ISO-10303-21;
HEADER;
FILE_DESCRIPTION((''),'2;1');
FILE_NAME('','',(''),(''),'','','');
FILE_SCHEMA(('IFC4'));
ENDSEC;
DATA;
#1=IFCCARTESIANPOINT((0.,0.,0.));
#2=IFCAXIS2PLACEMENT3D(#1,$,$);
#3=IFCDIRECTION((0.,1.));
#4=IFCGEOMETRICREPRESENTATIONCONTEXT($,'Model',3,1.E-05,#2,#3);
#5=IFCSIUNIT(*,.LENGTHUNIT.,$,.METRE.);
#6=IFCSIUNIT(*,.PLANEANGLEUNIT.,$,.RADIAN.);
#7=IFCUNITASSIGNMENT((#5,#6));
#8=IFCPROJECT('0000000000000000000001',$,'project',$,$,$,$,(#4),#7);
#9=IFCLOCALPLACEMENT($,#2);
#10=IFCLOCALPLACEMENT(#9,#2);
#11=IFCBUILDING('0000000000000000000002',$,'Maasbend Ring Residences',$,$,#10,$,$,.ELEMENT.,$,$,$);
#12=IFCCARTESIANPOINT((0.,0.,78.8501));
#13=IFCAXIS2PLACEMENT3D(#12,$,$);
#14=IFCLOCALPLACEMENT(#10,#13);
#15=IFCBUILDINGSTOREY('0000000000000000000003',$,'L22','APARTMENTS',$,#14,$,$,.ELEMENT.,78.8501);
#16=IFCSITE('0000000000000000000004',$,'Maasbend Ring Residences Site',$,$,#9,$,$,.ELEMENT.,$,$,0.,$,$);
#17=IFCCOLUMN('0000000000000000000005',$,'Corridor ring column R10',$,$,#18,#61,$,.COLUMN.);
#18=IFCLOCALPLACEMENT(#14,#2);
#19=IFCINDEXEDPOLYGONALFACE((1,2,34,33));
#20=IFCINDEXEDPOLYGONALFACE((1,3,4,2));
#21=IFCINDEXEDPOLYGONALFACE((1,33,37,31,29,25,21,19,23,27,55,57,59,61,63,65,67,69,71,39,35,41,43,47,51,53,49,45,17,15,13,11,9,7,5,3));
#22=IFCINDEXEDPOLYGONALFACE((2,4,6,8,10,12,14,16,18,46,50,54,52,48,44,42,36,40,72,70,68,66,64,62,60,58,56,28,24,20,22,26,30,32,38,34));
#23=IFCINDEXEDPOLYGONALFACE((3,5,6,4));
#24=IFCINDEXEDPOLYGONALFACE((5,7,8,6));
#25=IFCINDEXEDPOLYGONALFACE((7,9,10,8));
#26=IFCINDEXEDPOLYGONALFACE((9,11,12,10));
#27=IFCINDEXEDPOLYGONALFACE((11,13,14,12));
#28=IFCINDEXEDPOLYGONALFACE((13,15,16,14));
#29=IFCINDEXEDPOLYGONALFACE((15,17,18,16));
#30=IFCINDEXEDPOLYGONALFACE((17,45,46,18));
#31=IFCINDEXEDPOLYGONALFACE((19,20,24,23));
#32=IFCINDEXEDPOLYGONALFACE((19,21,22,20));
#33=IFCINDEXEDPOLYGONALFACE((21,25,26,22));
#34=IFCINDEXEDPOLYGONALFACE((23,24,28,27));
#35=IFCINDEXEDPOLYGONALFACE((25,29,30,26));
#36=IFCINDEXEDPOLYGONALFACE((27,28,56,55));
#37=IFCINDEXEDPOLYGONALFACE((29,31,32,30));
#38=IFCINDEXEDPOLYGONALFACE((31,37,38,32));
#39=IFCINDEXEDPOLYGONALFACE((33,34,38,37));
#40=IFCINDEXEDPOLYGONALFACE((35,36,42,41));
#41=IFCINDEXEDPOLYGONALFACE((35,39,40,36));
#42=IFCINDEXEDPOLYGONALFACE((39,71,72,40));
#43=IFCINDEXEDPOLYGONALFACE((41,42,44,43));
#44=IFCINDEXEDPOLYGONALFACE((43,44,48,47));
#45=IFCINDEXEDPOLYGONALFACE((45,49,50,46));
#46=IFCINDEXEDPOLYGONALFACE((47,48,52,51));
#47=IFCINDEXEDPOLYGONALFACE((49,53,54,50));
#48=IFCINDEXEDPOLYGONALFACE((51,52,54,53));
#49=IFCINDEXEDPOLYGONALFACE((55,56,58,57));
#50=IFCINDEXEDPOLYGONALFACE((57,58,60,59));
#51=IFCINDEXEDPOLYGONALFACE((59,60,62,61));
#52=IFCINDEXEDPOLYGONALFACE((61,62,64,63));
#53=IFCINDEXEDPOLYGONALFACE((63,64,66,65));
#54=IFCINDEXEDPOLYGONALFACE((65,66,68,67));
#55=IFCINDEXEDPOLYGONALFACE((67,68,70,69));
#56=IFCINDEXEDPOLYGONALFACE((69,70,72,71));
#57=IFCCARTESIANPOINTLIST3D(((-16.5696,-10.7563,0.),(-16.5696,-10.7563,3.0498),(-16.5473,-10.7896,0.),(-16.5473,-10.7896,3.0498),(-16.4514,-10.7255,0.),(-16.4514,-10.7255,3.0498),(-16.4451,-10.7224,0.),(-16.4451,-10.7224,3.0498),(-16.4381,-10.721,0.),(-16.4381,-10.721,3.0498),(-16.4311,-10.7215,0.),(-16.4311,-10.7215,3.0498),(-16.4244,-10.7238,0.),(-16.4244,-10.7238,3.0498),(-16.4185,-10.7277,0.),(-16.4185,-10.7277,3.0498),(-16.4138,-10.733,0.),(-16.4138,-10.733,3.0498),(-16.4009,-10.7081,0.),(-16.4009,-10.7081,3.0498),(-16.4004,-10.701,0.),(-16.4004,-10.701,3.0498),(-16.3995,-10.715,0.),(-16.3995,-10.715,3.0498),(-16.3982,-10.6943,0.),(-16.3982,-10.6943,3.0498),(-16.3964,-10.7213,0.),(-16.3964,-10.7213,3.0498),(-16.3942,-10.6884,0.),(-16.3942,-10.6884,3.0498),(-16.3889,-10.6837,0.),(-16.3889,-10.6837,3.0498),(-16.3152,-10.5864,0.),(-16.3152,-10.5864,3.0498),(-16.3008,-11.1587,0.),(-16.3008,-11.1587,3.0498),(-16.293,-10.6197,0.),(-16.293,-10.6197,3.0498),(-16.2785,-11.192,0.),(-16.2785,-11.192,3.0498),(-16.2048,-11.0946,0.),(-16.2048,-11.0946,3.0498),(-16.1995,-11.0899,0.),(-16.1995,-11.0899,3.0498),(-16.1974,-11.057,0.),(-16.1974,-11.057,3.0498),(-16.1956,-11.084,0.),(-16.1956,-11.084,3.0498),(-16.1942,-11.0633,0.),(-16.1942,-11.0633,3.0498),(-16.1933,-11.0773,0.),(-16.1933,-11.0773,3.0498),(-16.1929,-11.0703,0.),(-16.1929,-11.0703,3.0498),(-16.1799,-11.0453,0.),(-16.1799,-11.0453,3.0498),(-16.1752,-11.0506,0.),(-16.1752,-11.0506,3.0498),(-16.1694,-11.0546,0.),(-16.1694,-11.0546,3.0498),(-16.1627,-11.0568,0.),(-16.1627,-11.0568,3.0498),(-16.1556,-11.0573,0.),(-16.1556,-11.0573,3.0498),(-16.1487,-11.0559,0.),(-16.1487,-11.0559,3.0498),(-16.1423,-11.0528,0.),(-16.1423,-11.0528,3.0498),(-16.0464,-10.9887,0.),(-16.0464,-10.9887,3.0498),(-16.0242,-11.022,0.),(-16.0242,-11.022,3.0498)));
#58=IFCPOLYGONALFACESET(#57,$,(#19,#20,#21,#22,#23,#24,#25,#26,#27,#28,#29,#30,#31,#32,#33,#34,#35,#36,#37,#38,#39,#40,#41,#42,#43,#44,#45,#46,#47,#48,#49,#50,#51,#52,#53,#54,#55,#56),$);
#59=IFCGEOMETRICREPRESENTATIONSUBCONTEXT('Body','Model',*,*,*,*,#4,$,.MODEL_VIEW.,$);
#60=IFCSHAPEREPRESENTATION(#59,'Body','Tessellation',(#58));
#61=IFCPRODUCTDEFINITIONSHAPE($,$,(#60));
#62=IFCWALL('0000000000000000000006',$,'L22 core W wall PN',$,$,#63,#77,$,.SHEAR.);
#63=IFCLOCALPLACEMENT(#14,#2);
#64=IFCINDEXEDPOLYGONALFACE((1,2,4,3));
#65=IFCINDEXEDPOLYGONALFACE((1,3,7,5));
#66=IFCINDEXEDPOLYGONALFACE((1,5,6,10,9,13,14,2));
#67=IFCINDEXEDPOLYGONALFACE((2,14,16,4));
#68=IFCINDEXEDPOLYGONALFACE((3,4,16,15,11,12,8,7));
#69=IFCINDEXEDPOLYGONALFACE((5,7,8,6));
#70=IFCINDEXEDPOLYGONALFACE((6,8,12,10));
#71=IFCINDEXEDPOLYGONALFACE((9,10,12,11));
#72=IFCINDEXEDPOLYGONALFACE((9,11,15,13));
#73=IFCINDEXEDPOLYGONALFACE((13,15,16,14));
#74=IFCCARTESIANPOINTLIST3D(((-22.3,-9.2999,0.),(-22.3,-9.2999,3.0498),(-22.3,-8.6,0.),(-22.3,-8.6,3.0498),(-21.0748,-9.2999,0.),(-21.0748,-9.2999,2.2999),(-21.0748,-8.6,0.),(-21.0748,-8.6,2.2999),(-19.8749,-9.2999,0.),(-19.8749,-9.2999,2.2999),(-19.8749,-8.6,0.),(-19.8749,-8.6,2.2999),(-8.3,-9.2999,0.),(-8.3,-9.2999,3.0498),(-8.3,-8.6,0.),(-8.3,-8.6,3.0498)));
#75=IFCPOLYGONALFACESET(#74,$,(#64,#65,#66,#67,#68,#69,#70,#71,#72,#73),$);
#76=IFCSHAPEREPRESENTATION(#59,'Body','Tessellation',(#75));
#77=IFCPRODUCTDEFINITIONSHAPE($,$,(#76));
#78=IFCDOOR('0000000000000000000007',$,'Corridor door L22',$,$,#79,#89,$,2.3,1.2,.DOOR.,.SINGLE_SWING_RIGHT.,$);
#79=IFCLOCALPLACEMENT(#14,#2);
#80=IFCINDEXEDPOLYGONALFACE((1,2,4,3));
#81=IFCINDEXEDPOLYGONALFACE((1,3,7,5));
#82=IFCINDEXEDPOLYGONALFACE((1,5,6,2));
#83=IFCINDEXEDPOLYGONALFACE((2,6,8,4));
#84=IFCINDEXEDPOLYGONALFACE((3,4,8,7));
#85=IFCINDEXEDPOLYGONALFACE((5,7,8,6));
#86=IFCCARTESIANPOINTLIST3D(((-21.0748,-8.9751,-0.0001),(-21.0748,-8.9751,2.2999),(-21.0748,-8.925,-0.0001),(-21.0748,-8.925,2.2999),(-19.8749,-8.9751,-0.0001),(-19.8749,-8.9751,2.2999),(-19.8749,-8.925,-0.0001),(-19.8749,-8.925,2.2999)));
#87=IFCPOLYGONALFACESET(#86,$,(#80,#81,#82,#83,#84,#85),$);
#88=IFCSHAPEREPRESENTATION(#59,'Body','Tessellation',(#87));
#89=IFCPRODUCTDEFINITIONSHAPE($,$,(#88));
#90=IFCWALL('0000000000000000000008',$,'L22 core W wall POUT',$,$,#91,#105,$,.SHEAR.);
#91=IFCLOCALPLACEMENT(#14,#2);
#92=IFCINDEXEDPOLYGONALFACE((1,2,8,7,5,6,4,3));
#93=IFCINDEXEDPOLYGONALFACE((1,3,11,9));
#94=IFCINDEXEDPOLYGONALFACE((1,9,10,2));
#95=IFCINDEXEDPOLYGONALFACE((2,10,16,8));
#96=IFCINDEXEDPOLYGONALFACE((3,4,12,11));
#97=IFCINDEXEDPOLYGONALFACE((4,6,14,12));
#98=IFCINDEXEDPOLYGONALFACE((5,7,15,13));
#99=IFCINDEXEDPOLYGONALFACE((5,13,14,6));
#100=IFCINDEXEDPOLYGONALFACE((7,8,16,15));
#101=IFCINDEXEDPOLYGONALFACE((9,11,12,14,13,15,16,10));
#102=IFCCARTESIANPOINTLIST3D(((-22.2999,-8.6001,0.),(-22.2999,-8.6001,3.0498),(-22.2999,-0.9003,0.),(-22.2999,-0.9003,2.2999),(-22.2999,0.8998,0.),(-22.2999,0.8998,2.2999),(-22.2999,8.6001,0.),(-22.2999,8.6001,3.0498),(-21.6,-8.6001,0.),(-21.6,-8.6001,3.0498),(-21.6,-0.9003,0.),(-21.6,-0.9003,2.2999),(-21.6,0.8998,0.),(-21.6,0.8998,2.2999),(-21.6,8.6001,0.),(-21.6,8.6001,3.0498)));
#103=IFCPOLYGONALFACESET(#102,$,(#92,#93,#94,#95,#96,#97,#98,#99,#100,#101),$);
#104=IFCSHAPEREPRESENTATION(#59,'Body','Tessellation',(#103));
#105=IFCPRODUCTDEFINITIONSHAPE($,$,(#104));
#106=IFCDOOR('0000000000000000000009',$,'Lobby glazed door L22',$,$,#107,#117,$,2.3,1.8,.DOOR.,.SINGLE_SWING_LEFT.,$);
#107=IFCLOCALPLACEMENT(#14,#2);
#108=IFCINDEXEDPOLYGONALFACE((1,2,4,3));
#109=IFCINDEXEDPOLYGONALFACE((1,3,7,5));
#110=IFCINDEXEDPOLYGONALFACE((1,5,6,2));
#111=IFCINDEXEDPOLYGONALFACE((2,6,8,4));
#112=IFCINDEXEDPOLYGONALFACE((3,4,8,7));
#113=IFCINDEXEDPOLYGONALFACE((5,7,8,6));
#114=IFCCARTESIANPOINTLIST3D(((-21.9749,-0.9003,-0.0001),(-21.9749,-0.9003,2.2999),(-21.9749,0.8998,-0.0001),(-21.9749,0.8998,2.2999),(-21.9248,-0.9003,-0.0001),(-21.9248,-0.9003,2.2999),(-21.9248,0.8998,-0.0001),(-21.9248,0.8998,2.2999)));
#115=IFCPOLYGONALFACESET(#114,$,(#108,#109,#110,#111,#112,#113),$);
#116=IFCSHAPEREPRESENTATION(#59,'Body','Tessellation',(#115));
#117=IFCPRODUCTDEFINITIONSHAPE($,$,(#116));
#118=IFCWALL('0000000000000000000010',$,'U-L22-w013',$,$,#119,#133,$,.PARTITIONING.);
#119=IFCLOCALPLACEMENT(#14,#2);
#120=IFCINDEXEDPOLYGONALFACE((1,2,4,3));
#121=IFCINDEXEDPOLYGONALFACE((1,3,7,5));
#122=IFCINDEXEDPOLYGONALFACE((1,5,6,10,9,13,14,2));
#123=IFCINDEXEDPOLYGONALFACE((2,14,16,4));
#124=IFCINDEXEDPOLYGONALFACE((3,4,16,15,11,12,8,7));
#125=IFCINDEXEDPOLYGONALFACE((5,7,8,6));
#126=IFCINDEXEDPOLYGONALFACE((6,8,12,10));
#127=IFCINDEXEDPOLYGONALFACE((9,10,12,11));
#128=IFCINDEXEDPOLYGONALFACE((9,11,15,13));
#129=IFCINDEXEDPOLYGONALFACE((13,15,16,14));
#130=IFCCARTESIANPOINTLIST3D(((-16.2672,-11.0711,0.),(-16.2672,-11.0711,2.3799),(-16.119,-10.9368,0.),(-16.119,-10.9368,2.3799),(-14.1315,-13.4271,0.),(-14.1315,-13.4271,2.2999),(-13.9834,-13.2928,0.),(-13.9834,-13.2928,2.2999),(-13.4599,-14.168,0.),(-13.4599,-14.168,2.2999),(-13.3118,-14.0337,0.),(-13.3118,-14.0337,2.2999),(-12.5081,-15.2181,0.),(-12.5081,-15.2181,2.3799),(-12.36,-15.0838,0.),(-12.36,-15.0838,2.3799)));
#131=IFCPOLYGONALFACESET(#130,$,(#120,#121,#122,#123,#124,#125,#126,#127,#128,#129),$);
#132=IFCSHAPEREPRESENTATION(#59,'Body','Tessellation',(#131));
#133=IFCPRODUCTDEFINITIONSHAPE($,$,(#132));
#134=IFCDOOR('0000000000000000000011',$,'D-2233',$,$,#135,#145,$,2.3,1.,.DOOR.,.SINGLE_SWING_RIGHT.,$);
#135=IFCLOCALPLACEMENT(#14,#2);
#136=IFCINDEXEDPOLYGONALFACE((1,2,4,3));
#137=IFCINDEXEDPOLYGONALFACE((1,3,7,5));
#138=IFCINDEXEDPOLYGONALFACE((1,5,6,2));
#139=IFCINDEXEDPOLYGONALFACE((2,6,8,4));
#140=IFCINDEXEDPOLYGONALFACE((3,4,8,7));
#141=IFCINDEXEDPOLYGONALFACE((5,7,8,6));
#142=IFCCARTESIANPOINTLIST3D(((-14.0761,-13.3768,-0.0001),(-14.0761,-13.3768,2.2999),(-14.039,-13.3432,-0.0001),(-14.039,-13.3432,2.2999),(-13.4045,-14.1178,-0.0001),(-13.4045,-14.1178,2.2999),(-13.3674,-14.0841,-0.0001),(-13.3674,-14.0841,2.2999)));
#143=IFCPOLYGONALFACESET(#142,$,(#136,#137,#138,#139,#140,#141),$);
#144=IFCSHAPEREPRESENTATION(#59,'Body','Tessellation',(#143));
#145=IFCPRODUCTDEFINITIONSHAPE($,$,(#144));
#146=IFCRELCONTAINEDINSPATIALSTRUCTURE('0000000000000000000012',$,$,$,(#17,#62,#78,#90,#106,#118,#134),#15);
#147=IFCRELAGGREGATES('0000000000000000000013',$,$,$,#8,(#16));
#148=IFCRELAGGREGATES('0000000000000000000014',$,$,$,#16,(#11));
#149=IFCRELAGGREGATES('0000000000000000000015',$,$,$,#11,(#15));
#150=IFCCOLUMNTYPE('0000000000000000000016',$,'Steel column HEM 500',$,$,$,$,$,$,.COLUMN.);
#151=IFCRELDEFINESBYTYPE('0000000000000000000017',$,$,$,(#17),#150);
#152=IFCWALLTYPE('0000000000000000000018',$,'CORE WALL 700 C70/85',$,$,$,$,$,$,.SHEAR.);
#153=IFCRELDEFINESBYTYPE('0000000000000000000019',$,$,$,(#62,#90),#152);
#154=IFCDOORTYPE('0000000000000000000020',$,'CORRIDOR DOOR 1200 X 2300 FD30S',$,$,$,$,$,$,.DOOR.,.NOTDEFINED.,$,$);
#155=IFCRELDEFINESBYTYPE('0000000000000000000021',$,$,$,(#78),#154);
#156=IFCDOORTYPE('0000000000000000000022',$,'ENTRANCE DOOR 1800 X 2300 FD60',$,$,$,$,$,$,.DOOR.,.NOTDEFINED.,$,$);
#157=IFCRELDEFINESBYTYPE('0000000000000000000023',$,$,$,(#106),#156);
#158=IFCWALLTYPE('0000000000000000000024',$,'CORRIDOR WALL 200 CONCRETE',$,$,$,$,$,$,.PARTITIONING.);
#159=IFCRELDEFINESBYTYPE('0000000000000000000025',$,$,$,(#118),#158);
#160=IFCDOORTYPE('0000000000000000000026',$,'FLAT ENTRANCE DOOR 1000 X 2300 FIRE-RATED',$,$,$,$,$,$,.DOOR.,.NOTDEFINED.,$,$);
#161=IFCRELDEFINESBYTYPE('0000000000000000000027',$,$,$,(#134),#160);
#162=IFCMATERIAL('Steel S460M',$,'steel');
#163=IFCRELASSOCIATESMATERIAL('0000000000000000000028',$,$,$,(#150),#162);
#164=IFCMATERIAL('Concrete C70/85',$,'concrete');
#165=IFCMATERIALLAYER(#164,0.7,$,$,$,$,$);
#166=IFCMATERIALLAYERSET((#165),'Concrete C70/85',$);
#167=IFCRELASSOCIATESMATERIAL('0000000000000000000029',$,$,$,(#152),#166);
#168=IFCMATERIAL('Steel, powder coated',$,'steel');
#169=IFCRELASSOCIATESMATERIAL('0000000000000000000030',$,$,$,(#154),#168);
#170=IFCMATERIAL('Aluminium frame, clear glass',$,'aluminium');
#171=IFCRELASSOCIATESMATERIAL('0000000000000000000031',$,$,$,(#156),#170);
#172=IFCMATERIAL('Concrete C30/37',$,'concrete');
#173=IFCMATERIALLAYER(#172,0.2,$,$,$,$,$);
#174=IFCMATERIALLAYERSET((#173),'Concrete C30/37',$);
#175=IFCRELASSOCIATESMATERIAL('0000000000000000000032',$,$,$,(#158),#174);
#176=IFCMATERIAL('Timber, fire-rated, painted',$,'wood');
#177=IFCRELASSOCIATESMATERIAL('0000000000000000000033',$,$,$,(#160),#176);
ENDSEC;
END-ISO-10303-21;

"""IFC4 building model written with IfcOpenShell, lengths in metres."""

from ifc_helpers import new_model, si_unit, direction, frame, frame_2d, origin, origin_2d, place, context, subcontext, project, spatial, rectangle, i_section, extrude, material, layer, layer_set, material_profile, profile_set, type_object, element, fill, save


model = new_model("IFC4")

# Units and contexts
model_context = context("Model", 3, precision=1e-05, world=origin(), true_north=direction((0.0, 1.0)))
body_context = subcontext(model_context, "Body", "Model", "MODEL_VIEW")
ifc_project = project(units=[si_unit("LENGTHUNIT", "METRE"), si_unit("PLANEANGLEUNIT", "RADIAN")], contexts=[model_context])

# Site, building, storey
site_placement = place(None, origin())
site = spatial("IfcSite", under=ifc_project, at=site_placement, Name="Maasbend Ring Residences Site", CompositionType="ELEMENT", RefElevation=0.0)
building_placement = place(site_placement, origin())
building = spatial("IfcBuilding", under=site, at=building_placement, Name="Maasbend Ring Residences", CompositionType="ELEMENT")
storey_placement = place(building_placement, frame((0.0, 0.0, 78.8501)))
storey = spatial("IfcBuildingStorey", under=building, at=storey_placement, Name="L22", Description="APARTMENTS", CompositionType="ELEMENT", Elevation=78.8501)

# Column
ifc_material_1 = material(Name="Steel S460M", Category="steel")
ifc_material_profile = material_profile(ifc_material_1, i_section(OverallWidth=0.3059, OverallDepth=0.5239, WebThickness=0.021, FlangeThickness=0.04, FilletRadius=0.0271, at=origin_2d()), Name="HEM 500")
ifc_profile_set = profile_set([ifc_material_profile], Name="Steel S460M")
column_type = type_object("IfcColumnType", Name="Steel column HEM 500", PredefinedType="COLUMN", material=ifc_profile_set)
column_placement = place(storey_placement, frame((-16.2969, -10.8892, 0.0), z_axis=(0.0, 0.0, 1.0), x_axis=(-0.83147, -0.55557, 0.0)))
element("IfcColumn", 1, at=column_placement, inside=storey, type_object=column_type, Name="Corridor ring column R10", PredefinedType="COLUMN", context=body_context, shape_type="SweptSolid", body=[
    extrude(i_section(OverallWidth=0.3059, OverallDepth=0.5239, WebThickness=0.021, FlangeThickness=0.04, FilletRadius=0.0271, at=origin_2d()), origin(), (0.0, 0.0, 1.0), 3.0498),
])

# Walls, openings, doors
ifc_material_2 = material(Name="Concrete C70/85", Category="concrete")
ifc_layer_1 = layer(ifc_material_2, 0.7)
ifc_layer_set_1 = layer_set([ifc_layer_1], Name="Concrete C70/85")
wall_type_1 = type_object("IfcWallType", Name="CORE WALL 700 C70/85", PredefinedType="SHEAR", material=ifc_layer_set_1)
wall_1_placement = place(storey_placement, frame((-22.3, -8.95, 0.0), z_axis=(0.0, 0.0, 1.0), x_axis=(1.0, 0.0, 0.0)))
wall_1 = element("IfcWall", 2, at=wall_1_placement, inside=storey, type_object=wall_type_1, Name="L22 core W wall PN", PredefinedType="SHEAR", context=body_context, shape_type="SweptSolid", body=[
    extrude(rectangle(XDim=14.0, YDim=0.7, at=frame_2d((7.0, 0.0))), origin(), (0.0, 0.0, 1.0), 3.0498),
])
opening_1_placement = place(wall_1_placement, frame((1.2251, 0.0, 0.0)))
opening_1 = element("IfcOpeningElement", 3, at=opening_1_placement, cuts=wall_1, PredefinedType="OPENING", context=body_context, shape_type="SweptSolid", body=[
    extrude(rectangle(XDim=1.2, YDim=2.3, at=frame_2d((0.6001, 1.1499))), frame((0.0, 0.3599, 0.0), z_axis=(0.0, -1.0, 0.0), x_axis=(1.0, 0.0, 0.0)), (0.0, 0.0, 1.0), 0.72),
])
ifc_material_3 = material(Name="Steel, powder coated", Category="steel")
door_type_1 = type_object("IfcDoorType", Name="CORRIDOR DOOR 1200 X 2300 FD30S", OperationType="NOTDEFINED", PredefinedType="DOOR", material=ifc_material_3)
door_1_placement = place(opening_1_placement, origin())
door_1 = element("IfcDoor", 4, at=door_1_placement, inside=storey, type_object=door_type_1, Name="Corridor door L22", OperationType="SINGLE_SWING_RIGHT", OverallHeight=2.3, OverallWidth=1.2, PredefinedType="DOOR", context=body_context, shape_type="SweptSolid", body=[
    extrude(rectangle(XDim=1.2, YDim=2.3, at=frame_2d((0.6001, 1.1499))), frame((0.0, 0.0249, 0.0), z_axis=(0.0, -1.0, 0.0), x_axis=(1.0, 0.0, 0.0)), (0.0, 0.0, 1.0), 0.05),
])
fill(opening_1, door_1)
wall_2_placement = place(storey_placement, frame((-21.95, -8.6001, 0.0), z_axis=(0.0, 0.0, 1.0), x_axis=(0.0, 1.0, 0.0)))
wall_2 = element("IfcWall", 5, at=wall_2_placement, inside=storey, type_object=wall_type_1, Name="L22 core W wall POUT", PredefinedType="SHEAR", context=body_context, shape_type="SweptSolid", body=[
    extrude(rectangle(XDim=17.2002, YDim=0.7, at=frame_2d((8.6001, 0.0))), origin(), (0.0, 0.0, 1.0), 3.0498),
])
opening_2_placement = place(wall_2_placement, frame((7.7, 0.0, 0.0)))
opening_2 = element("IfcOpeningElement", 6, at=opening_2_placement, cuts=wall_2, PredefinedType="OPENING", context=body_context, shape_type="SweptSolid", body=[
    extrude(rectangle(XDim=1.8, YDim=2.3, at=frame_2d((0.8999, 1.1499))), frame((0.0, 0.3599, 0.0), z_axis=(0.0, -1.0, 0.0), x_axis=(1.0, 0.0, 0.0)), (0.0, 0.0, 1.0), 0.72),
])
ifc_material_4 = material(Name="Aluminium frame, clear glass", Category="aluminium")
door_type_2 = type_object("IfcDoorType", Name="ENTRANCE DOOR 1800 X 2300 FD60", OperationType="NOTDEFINED", PredefinedType="DOOR", material=ifc_material_4)
door_2_placement = place(opening_2_placement, origin())
door_2 = element("IfcDoor", 7, at=door_2_placement, inside=storey, type_object=door_type_2, Name="Lobby glazed door L22", OperationType="SINGLE_SWING_LEFT", OverallHeight=2.3, OverallWidth=1.8, PredefinedType="DOOR", context=body_context, shape_type="SweptSolid", body=[
    extrude(rectangle(XDim=1.8, YDim=2.3, at=frame_2d((0.8999, 1.1499))), frame((0.0, 0.0249, 0.0), z_axis=(0.0, -1.0, 0.0), x_axis=(1.0, 0.0, 0.0)), (0.0, 0.0, 1.0), 0.05),
])
fill(opening_2, door_2)
ifc_material_5 = material(Name="Concrete C30/37", Category="concrete")
ifc_layer_2 = layer(ifc_material_5, 0.2)
ifc_layer_set_2 = layer_set([ifc_layer_2], Name="Concrete C30/37")
wall_type_2 = type_object("IfcWallType", Name="CORRIDOR WALL 200 CONCRETE", PredefinedType="PARTITIONING", material=ifc_layer_set_2)
wall_3_placement = place(storey_placement, frame((-16.1931, -11.0039, 0.0), z_axis=(0.0, 0.0, 1.0), x_axis=(0.671602, -0.740912, 0.0)))
wall_3 = element("IfcWall", 8, at=wall_3_placement, inside=storey, type_object=wall_type_2, Name="U-L22-w013", PredefinedType="PARTITIONING", context=body_context, shape_type="SweptSolid", body=[
    extrude(rectangle(XDim=5.5972, YDim=0.2, at=frame_2d((2.7986, 0.0))), origin(), (0.0, 0.0, 1.0), 2.3799),
])
opening_3_placement = place(wall_3_placement, frame((3.1799, 0.0, 0.0)))
opening_3 = element("IfcOpeningElement", 9, at=opening_3_placement, cuts=wall_3, PredefinedType="OPENING", context=body_context, shape_type="SweptSolid", body=[
    extrude(rectangle(XDim=1.0, YDim=2.3, at=frame_2d((0.5, 1.1499))), frame((0.0, 0.1099, 0.0), z_axis=(0.0, -1.0, 0.0), x_axis=(1.0, 0.0, 0.0)), (0.0, 0.0, 1.0), 0.22),
])
ifc_material_6 = material(Name="Timber, fire-rated, painted", Category="wood")
door_type_3 = type_object("IfcDoorType", Name="FLAT ENTRANCE DOOR 1000 X 2300 FIRE-RATED", OperationType="NOTDEFINED", PredefinedType="DOOR", material=ifc_material_6)
door_3_placement = place(opening_3_placement, origin())
door_3 = element("IfcDoor", 10, at=door_3_placement, inside=storey, type_object=door_type_3, Name="D-2233", OperationType="SINGLE_SWING_RIGHT", OverallHeight=2.3, OverallWidth=1.0, PredefinedType="DOOR", context=body_context, shape_type="SweptSolid", body=[
    extrude(rectangle(XDim=1.0, YDim=2.3, at=frame_2d((0.5, 1.1499))), frame((0.0, 0.0249, 0.0), z_axis=(0.0, -1.0, 0.0), x_axis=(1.0, 0.0, 0.0)), (0.0, 0.0, 1.0), 0.05),
])
fill(opening_3, door_3)

save(model, "model.ifc")
